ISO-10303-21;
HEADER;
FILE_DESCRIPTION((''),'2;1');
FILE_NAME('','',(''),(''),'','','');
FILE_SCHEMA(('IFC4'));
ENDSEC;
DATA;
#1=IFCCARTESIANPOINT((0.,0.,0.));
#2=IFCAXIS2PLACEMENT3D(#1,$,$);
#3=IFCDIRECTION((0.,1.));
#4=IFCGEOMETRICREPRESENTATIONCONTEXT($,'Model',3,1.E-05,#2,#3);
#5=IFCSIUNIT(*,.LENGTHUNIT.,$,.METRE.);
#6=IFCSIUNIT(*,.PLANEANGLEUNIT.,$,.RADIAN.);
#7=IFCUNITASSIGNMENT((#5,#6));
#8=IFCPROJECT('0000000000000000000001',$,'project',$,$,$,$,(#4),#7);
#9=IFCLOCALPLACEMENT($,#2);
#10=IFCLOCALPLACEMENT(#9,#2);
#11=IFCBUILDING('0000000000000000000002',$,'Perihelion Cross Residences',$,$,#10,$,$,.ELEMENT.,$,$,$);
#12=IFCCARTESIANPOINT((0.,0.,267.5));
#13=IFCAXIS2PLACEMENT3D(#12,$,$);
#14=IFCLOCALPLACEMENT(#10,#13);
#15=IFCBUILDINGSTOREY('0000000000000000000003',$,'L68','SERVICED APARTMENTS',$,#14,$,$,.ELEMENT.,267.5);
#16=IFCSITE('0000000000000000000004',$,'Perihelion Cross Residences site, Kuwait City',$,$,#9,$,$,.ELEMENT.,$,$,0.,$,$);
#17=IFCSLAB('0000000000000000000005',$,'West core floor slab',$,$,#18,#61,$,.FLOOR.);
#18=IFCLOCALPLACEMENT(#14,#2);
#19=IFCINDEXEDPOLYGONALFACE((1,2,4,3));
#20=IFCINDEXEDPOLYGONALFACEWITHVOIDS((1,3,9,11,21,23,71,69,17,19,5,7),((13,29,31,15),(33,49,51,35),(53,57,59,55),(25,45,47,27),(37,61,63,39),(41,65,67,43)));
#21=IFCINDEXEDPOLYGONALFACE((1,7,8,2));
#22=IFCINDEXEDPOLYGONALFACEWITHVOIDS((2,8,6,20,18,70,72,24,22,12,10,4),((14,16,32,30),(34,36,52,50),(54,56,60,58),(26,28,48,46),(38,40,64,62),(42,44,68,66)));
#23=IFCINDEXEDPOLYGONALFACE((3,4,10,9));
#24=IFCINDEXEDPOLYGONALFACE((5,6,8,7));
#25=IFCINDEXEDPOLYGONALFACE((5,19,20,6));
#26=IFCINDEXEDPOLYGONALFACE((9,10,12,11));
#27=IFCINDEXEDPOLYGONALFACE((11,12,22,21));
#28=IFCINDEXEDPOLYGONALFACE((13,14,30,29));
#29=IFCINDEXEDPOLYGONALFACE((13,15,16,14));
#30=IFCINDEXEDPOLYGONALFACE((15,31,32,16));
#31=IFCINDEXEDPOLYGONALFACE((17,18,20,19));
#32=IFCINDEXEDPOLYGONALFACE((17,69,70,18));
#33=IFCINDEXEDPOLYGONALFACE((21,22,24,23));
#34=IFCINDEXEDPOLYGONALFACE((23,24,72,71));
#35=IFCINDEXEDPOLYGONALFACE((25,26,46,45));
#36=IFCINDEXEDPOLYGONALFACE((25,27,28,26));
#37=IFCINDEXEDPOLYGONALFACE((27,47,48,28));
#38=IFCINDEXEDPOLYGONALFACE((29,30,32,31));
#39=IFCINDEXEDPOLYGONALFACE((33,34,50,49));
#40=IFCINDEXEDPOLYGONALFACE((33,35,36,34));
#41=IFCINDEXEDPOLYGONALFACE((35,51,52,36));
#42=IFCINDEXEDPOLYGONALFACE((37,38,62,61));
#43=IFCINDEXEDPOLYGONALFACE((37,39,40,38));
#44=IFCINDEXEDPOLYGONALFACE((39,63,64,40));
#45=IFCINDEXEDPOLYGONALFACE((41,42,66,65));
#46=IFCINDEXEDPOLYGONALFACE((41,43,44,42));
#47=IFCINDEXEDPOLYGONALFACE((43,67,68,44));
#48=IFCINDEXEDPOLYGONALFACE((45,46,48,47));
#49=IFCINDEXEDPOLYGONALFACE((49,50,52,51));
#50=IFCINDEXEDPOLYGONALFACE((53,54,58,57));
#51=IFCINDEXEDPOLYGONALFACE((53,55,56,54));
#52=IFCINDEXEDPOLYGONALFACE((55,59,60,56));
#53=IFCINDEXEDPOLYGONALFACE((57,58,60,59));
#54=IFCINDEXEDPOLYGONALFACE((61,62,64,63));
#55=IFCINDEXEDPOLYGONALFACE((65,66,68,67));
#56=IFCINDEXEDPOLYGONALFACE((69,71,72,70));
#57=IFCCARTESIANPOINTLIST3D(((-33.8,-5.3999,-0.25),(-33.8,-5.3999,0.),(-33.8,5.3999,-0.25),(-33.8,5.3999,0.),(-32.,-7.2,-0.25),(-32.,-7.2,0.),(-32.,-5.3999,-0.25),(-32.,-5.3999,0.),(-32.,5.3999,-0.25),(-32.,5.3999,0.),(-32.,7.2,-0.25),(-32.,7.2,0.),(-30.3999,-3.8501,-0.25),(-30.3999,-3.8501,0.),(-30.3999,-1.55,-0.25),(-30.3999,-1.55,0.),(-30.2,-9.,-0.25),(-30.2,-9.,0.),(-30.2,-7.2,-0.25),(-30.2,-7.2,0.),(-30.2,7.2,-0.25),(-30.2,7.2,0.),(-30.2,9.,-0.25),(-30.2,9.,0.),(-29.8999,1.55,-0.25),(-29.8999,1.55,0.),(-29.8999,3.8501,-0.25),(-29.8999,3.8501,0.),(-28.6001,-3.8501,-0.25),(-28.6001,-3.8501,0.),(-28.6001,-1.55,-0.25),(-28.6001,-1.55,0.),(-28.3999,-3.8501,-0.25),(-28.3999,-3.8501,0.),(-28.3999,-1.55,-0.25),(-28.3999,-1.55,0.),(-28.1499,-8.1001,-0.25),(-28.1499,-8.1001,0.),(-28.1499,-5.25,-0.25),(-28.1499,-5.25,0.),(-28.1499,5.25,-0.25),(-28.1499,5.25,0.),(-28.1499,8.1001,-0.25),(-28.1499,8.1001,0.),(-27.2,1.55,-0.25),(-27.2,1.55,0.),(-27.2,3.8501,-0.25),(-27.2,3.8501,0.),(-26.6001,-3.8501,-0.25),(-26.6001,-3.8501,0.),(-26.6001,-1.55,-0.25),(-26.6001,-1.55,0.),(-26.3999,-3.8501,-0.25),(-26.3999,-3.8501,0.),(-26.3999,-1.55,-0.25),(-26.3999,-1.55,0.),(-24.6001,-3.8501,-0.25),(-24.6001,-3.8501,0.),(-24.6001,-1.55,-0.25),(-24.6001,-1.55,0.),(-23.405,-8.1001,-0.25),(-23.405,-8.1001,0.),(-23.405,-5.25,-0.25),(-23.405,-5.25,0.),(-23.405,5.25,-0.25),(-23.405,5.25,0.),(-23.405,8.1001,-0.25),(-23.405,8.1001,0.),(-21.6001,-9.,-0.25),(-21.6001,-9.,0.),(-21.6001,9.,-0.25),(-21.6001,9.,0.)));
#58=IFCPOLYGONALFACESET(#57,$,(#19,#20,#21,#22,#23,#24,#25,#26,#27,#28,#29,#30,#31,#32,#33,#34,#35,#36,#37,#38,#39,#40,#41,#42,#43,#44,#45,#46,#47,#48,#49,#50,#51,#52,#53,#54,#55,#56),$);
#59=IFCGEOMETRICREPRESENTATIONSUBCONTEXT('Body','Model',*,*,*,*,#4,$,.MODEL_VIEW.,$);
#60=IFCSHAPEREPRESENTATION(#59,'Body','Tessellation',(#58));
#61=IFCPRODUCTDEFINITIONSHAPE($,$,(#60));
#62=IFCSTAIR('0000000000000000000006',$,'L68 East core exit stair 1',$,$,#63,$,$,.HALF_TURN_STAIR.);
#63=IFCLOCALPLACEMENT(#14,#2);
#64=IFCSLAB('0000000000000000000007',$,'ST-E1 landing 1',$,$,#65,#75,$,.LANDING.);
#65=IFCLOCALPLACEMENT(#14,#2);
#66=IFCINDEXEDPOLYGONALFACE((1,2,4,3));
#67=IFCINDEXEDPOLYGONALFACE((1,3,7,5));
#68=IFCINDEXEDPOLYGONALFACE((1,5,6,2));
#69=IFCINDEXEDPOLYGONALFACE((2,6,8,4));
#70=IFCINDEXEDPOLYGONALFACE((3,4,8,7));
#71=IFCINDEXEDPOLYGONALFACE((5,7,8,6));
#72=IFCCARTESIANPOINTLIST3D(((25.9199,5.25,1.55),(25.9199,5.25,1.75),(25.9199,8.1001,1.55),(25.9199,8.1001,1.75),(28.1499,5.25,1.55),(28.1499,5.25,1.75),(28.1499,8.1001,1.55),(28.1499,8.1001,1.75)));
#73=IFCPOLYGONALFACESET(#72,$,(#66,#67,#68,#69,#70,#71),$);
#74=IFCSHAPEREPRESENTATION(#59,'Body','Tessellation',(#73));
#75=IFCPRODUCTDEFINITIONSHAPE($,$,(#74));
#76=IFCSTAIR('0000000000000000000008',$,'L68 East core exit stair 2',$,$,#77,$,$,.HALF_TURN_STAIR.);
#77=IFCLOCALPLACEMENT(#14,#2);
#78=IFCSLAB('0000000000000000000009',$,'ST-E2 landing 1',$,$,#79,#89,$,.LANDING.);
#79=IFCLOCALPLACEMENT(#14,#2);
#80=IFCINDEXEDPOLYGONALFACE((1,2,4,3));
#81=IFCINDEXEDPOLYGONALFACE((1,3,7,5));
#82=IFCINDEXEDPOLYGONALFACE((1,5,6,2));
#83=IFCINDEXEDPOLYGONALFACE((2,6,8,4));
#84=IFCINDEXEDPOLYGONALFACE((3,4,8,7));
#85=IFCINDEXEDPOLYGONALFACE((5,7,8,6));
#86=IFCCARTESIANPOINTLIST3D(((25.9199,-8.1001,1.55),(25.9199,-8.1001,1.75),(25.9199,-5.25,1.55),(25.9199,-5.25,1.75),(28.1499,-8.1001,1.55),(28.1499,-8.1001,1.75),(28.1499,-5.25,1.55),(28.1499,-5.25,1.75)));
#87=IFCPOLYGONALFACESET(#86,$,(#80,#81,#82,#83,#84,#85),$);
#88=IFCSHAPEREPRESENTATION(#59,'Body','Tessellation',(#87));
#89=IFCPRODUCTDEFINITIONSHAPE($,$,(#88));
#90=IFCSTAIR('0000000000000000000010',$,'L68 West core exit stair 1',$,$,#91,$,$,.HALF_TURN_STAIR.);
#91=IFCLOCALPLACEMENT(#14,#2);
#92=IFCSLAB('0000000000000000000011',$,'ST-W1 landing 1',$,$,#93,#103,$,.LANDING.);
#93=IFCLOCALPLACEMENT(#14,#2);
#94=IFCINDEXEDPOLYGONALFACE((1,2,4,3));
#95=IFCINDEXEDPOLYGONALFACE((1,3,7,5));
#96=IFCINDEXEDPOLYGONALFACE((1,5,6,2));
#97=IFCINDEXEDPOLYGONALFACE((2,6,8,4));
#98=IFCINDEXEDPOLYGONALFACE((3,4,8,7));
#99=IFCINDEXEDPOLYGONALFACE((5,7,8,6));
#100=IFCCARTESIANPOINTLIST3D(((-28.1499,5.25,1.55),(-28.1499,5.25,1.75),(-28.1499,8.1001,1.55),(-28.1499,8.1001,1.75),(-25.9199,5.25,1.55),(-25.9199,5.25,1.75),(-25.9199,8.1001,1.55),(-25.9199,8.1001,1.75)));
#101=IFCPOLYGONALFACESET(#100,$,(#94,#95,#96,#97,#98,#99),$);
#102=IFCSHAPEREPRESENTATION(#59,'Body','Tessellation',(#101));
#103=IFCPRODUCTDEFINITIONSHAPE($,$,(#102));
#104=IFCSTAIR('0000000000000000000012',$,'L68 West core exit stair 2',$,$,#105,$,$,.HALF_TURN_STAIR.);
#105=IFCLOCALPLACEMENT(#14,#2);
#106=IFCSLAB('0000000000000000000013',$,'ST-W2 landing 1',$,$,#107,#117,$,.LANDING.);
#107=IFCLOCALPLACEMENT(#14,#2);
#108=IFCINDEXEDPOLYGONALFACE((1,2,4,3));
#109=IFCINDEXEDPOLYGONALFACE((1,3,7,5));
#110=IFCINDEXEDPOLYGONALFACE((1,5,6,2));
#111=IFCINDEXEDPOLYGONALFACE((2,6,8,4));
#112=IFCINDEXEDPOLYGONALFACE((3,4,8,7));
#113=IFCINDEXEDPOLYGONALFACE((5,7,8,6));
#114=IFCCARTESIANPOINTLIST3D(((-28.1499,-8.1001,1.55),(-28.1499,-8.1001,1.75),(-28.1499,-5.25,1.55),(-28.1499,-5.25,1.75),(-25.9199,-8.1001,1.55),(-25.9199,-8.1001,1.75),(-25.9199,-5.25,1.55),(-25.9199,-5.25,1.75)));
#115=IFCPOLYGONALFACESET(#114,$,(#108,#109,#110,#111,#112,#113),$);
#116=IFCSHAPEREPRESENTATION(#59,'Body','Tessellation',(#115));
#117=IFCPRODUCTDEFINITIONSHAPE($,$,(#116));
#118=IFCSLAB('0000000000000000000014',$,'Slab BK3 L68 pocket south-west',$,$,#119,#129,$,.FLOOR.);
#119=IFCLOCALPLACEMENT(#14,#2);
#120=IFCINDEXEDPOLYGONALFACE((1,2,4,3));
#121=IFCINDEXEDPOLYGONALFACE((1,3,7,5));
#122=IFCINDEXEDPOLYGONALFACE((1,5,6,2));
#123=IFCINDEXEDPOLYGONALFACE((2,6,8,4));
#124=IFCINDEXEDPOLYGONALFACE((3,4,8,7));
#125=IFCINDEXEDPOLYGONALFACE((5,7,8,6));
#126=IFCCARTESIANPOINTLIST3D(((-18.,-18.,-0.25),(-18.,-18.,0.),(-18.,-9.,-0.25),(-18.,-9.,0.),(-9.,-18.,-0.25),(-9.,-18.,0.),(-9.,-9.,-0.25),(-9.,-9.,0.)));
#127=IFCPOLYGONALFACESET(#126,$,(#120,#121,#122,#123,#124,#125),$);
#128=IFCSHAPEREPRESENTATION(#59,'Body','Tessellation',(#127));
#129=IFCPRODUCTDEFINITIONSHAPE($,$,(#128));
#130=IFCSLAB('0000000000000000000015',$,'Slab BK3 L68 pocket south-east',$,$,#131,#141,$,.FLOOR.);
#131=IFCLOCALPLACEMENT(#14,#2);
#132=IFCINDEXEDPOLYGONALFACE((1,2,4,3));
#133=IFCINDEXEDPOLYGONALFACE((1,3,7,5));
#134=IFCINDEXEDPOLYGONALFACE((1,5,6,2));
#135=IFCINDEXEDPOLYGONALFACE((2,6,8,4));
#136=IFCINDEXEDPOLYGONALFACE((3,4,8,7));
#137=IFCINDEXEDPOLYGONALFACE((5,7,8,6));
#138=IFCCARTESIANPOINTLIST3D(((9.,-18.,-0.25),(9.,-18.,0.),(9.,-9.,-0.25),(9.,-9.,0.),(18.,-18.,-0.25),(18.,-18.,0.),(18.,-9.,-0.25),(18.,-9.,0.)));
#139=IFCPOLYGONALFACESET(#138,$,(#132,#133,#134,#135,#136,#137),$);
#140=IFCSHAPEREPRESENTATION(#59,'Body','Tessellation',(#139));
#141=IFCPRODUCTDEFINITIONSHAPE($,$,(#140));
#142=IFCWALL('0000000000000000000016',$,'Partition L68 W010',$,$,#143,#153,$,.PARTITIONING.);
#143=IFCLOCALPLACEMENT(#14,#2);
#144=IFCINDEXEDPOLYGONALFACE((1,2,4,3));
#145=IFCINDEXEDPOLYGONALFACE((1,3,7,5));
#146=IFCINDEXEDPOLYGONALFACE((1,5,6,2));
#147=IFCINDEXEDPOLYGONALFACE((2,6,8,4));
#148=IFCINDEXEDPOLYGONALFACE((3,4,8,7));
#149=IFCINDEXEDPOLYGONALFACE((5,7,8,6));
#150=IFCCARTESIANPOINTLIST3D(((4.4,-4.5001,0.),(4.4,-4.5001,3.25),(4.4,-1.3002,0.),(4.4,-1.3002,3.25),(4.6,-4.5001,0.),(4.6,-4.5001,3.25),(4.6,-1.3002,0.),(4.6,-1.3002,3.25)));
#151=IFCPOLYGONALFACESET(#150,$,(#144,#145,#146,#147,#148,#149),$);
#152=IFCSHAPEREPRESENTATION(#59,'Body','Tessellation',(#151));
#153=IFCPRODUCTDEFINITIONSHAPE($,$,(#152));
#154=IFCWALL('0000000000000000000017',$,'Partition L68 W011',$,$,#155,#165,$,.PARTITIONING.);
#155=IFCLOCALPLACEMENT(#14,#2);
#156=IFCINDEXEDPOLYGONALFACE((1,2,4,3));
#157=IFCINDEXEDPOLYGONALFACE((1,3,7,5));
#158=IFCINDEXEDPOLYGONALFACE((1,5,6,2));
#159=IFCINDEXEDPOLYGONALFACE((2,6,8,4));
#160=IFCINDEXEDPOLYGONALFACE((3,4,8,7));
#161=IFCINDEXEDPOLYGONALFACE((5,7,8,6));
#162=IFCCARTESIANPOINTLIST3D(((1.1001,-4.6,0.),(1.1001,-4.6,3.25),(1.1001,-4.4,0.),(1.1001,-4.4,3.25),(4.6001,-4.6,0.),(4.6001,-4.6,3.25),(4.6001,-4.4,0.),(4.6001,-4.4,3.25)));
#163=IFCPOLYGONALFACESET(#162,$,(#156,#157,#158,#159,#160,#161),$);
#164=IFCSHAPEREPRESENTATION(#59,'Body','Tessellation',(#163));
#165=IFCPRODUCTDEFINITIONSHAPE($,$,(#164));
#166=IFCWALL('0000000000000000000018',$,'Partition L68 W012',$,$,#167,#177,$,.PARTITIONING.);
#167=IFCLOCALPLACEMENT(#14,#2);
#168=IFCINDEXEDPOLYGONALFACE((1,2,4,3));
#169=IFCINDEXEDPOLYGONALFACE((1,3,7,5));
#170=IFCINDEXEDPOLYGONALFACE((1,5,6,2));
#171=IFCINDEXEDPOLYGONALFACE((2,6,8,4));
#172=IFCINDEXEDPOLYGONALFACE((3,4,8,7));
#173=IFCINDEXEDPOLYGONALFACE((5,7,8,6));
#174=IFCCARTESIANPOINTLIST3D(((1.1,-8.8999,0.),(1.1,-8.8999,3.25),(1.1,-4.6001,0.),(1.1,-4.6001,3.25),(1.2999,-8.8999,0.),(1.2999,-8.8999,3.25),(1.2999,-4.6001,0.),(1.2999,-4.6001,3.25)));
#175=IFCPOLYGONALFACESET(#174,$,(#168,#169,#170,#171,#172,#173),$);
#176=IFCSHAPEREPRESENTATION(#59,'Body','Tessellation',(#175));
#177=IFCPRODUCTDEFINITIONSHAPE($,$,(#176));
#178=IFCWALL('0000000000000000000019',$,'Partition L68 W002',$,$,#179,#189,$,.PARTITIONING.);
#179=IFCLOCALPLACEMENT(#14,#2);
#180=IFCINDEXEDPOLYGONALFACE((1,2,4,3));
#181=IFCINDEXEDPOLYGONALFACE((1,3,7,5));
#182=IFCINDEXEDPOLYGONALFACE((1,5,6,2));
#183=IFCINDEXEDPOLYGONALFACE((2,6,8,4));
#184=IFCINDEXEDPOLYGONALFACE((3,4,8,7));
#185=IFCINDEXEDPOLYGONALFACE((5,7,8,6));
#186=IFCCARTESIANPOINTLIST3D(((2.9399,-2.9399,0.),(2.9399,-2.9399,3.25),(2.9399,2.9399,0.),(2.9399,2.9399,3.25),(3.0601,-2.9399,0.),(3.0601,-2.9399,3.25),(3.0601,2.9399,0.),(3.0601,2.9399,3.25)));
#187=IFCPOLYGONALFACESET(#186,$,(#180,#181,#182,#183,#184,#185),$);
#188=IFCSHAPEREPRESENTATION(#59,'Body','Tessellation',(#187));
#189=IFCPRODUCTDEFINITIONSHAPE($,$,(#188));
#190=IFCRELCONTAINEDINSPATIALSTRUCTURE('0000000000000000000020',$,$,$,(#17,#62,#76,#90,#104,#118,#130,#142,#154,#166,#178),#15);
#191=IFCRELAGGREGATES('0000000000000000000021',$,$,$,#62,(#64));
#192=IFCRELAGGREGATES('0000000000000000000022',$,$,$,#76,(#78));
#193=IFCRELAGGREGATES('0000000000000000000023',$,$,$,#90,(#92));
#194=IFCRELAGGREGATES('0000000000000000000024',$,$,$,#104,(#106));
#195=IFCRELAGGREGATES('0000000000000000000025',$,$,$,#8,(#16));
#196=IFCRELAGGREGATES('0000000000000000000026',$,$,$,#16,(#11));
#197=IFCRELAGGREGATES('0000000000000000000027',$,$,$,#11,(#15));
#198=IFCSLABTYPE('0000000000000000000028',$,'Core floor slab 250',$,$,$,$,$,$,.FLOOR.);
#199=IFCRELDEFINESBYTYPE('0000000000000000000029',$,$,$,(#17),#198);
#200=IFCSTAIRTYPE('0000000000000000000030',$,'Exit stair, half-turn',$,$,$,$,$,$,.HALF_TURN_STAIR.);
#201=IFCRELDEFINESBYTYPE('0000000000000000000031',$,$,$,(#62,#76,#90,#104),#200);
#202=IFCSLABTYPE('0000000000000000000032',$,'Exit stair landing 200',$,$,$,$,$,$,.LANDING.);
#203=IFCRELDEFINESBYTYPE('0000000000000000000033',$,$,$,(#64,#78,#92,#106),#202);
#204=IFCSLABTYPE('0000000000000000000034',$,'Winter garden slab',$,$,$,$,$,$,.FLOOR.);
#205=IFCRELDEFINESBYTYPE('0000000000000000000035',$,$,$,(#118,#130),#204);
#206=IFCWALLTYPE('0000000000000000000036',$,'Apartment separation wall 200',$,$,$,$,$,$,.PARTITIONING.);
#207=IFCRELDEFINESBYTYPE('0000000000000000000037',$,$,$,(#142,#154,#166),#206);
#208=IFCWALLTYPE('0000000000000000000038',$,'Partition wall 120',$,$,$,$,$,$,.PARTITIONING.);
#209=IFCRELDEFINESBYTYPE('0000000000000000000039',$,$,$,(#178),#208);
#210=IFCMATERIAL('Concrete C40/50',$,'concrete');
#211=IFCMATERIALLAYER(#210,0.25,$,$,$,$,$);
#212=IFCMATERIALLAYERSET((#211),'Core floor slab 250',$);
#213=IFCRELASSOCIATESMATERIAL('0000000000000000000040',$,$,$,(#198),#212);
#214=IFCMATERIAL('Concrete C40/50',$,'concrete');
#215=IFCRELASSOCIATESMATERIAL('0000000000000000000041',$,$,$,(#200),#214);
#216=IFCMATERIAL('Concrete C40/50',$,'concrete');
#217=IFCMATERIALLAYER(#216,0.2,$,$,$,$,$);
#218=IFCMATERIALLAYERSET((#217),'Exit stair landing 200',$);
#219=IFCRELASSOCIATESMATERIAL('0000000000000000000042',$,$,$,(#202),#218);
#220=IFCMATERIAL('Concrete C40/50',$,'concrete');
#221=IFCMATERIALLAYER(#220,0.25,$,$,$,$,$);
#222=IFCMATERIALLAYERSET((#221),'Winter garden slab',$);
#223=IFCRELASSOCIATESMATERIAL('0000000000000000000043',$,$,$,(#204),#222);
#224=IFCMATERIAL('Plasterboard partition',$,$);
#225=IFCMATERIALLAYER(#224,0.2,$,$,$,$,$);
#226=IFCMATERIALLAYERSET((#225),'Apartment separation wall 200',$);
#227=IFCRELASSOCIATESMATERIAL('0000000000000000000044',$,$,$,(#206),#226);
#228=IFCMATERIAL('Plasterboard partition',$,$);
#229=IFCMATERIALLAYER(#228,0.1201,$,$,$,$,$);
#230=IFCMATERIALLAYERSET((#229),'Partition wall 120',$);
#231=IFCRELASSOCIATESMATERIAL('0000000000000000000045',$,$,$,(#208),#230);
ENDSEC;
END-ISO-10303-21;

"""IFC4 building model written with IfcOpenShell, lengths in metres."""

from ifc_helpers import new_model, si_unit, direction, frame, frame_2d, origin, place, context, subcontext, project, spatial, polyline, rectangle, outline, extrude, material, layer, layer_set, type_object, element, aggregate, save


model = new_model("IFC4")

# Units and contexts
model_context = context("Model", 3, precision=1e-05, world=origin(), true_north=direction((0.0, 1.0)))
body_context = subcontext(model_context, "Body", "Model", "MODEL_VIEW")
ifc_project = project(units=[si_unit("LENGTHUNIT", "METRE"), si_unit("PLANEANGLEUNIT", "RADIAN")], contexts=[model_context])

# Site, building, storey
site_placement = place(None, origin())
site = spatial("IfcSite", under=ifc_project, at=site_placement, Name="Perihelion Cross Residences site, Kuwait City", CompositionType="ELEMENT", RefElevation=0.0)
building_placement = place(site_placement, origin())
building = spatial("IfcBuilding", under=site, at=building_placement, Name="Perihelion Cross Residences", CompositionType="ELEMENT")
storey_placement = place(building_placement, frame((0.0, 0.0, 267.5)))
storey = spatial("IfcBuildingStorey", under=building, at=storey_placement, Name="L68", Description="SERVICED APARTMENTS", CompositionType="ELEMENT", Elevation=267.5)

# Slab
ifc_material_1 = material(Name="Concrete C40/50", Category="concrete")
ifc_layer_1 = layer(ifc_material_1, 0.25)
ifc_layer_set_1 = layer_set([ifc_layer_1], Name="Core floor slab 250")
slab_type_1 = type_object("IfcSlabType", Name="Core floor slab 250", PredefinedType="FLOOR", material=ifc_layer_set_1)
slab_1_placement = place(storey_placement, frame((0.0, 0.0, -0.25)))
element("IfcSlab", 1, at=slab_1_placement, inside=storey, type_object=slab_type_1, Name="West core floor slab", PredefinedType="FLOOR", context=body_context, shape_type="SweptSolid", body=[
    extrude(outline(polyline([(-30.2, 7.2), (-32.0, 7.2), (-32.0, 5.3999), (-33.8, 5.3999), (-33.8, -5.3999), (-32.0, -5.3999), (-32.0, -7.2), (-30.2, -7.2), (-30.2, -9.0), (-21.6001, -9.0), (-21.6001, 9.0), (-30.2, 9.0), (-30.2, 7.2)]), holes=[polyline([(-28.1499, -8.1001), (-28.1499, -5.25), (-23.405, -5.25), (-23.405, -8.1001), (-28.1499, -8.1001)]), polyline([(-24.6001, -1.55), (-24.6001, -3.8501), (-26.3999, -3.8501), (-26.3999, -1.55), (-24.6001, -1.55)]), polyline([(-26.6001, -1.55), (-26.6001, -3.8501), (-28.3999, -3.8501), (-28.3999, -1.55), (-26.6001, -1.55)]), polyline([(-28.6001, -3.8501), (-30.3999, -3.8501), (-30.3999, -1.55), (-28.6001, -1.55), (-28.6001, -3.8501)]), polyline([(-27.2, 3.8501), (-27.2, 1.55), (-29.8999, 1.55), (-29.8999, 3.8501), (-27.2, 3.8501)]), polyline([(-23.405, 5.25), (-28.1499, 5.25), (-28.1499, 8.1001), (-23.405, 8.1001), (-23.405, 5.25)])]), origin(), (0.0, 0.0, 1.0), 0.25),
])

# Stairs, slabs
ifc_material_2 = material(Name="Concrete C40/50", Category="concrete")
stair_type = type_object("IfcStairType", Name="Exit stair, half-turn", PredefinedType="HALF_TURN_STAIR", material=ifc_material_2)
stair_1_placement = place(storey_placement, origin())
stair_1 = element("IfcStair", 2, at=stair_1_placement, inside=storey, type_object=stair_type, Name="L68 East core exit stair 1", PredefinedType="HALF_TURN_STAIR")
ifc_material_3 = material(Name="Concrete C40/50", Category="concrete")
ifc_layer_2 = layer(ifc_material_3, 0.2)
ifc_layer_set_2 = layer_set([ifc_layer_2], Name="Exit stair landing 200")
slab_type_2 = type_object("IfcSlabType", Name="Exit stair landing 200", PredefinedType="LANDING", material=ifc_layer_set_2)
slab_2_placement = place(storey_placement, frame((0.0, 0.0, 1.55)))
slab_2 = element("IfcSlab", 3, at=slab_2_placement, type_object=slab_type_2, Name="ST-E1 landing 1", PredefinedType="LANDING", context=body_context, shape_type="SweptSolid", body=[
    extrude(outline(polyline([(25.9199, 5.25), (28.1499, 5.25), (28.1499, 8.1001), (25.9199, 8.1001), (25.9199, 5.25)])), origin(), (0.0, 0.0, 1.0), 0.2),
])
aggregate(stair_1, [slab_2])
stair_2_placement = place(storey_placement, origin())
stair_2 = element("IfcStair", 4, at=stair_2_placement, inside=storey, type_object=stair_type, Name="L68 East core exit stair 2", PredefinedType="HALF_TURN_STAIR")
slab_3_placement = place(storey_placement, frame((0.0, 0.0, 1.55)))
slab_3 = element("IfcSlab", 5, at=slab_3_placement, type_object=slab_type_2, Name="ST-E2 landing 1", PredefinedType="LANDING", context=body_context, shape_type="SweptSolid", body=[
    extrude(outline(polyline([(25.9199, -8.1001), (28.1499, -8.1001), (28.1499, -5.25), (25.9199, -5.25), (25.9199, -8.1001)])), origin(), (0.0, 0.0, 1.0), 0.2),
])
aggregate(stair_2, [slab_3])
stair_3_placement = place(storey_placement, origin())
stair_3 = element("IfcStair", 6, at=stair_3_placement, inside=storey, type_object=stair_type, Name="L68 West core exit stair 1", PredefinedType="HALF_TURN_STAIR")
slab_4_placement = place(storey_placement, frame((0.0, 0.0, 1.55)))
slab_4 = element("IfcSlab", 7, at=slab_4_placement, type_object=slab_type_2, Name="ST-W1 landing 1", PredefinedType="LANDING", context=body_context, shape_type="SweptSolid", body=[
    extrude(outline(polyline([(-25.9199, 8.1001), (-28.1499, 8.1001), (-28.1499, 5.25), (-25.9199, 5.25), (-25.9199, 8.1001)])), origin(), (0.0, 0.0, 1.0), 0.2),
])
aggregate(stair_3, [slab_4])
stair_4_placement = place(storey_placement, origin())
stair_4 = element("IfcStair", 8, at=stair_4_placement, inside=storey, type_object=stair_type, Name="L68 West core exit stair 2", PredefinedType="HALF_TURN_STAIR")
slab_5_placement = place(storey_placement, frame((0.0, 0.0, 1.55)))
slab_5 = element("IfcSlab", 9, at=slab_5_placement, type_object=slab_type_2, Name="ST-W2 landing 1", PredefinedType="LANDING", context=body_context, shape_type="SweptSolid", body=[
    extrude(outline(polyline([(-25.9199, -5.25), (-28.1499, -5.25), (-28.1499, -8.1001), (-25.9199, -8.1001), (-25.9199, -5.25)])), origin(), (0.0, 0.0, 1.0), 0.2),
])
aggregate(stair_4, [slab_5])

# Slabs
ifc_material_4 = material(Name="Concrete C40/50", Category="concrete")
ifc_layer_3 = layer(ifc_material_4, 0.25)
ifc_layer_set_3 = layer_set([ifc_layer_3], Name="Winter garden slab")
slab_type_3 = type_object("IfcSlabType", Name="Winter garden slab", PredefinedType="FLOOR", material=ifc_layer_set_3)
slab_6_placement = place(storey_placement, frame((0.0, 0.0, -0.25)))
element("IfcSlab", 10, at=slab_6_placement, inside=storey, type_object=slab_type_3, Name="Slab BK3 L68 pocket south-west", PredefinedType="FLOOR", context=body_context, shape_type="SweptSolid", body=[
    extrude(outline(polyline([(-9.0, -18.0), (-9.0, -9.0), (-18.0, -9.0), (-18.0, -18.0), (-9.0, -18.0)])), origin(), (0.0, 0.0, 1.0), 0.25),
])
slab_7_placement = place(storey_placement, frame((0.0, 0.0, -0.25)))
element("IfcSlab", 11, at=slab_7_placement, inside=storey, type_object=slab_type_3, Name="Slab BK3 L68 pocket south-east", PredefinedType="FLOOR", context=body_context, shape_type="SweptSolid", body=[
    extrude(outline(polyline([(18.0, -18.0), (18.0, -9.0), (9.0, -9.0), (9.0, -18.0), (18.0, -18.0)])), origin(), (0.0, 0.0, 1.0), 0.25),
])

# Walls
ifc_material_5 = material(Name="Plasterboard partition")
ifc_layer_4 = layer(ifc_material_5, 0.2)
ifc_layer_set_4 = layer_set([ifc_layer_4], Name="Apartment separation wall 200")
wall_type_1 = type_object("IfcWallType", Name="Apartment separation wall 200", PredefinedType="PARTITIONING", material=ifc_layer_set_4)
wall_1_placement = place(storey_placement, frame((4.5, -1.3, 0.0), z_axis=(0.0, 0.0, 1.0), x_axis=(0.0, -1.0, 0.0)))
element("IfcWall", 12, at=wall_1_placement, inside=storey, type_object=wall_type_1, Name="Partition L68 W010", PredefinedType="PARTITIONING", context=body_context, shape_type="SweptSolid", body=[
    extrude(rectangle(XDim=3.2, YDim=0.2, at=frame_2d((1.6001, 0.0))), origin(), (0.0, 0.0, 1.0), 3.25),
])
wall_2_placement = place(storey_placement, frame((4.6001, -4.5, 0.0), z_axis=(0.0, 0.0, 1.0), x_axis=(-1.0, 0.0, 0.0)))
element("IfcWall", 13, at=wall_2_placement, inside=storey, type_object=wall_type_1, Name="Partition L68 W011", PredefinedType="PARTITIONING", context=body_context, shape_type="SweptSolid", body=[
    extrude(rectangle(XDim=3.5, YDim=0.2, at=frame_2d((1.75, 0.0))), origin(), (0.0, 0.0, 1.0), 3.25),
])
wall_3_placement = place(storey_placement, frame((1.2, -4.6001, 0.0), z_axis=(0.0, 0.0, 1.0), x_axis=(0.0, -1.0, 0.0)))
element("IfcWall", 14, at=wall_3_placement, inside=storey, type_object=wall_type_1, Name="Partition L68 W012", PredefinedType="PARTITIONING", context=body_context, shape_type="SweptSolid", body=[
    extrude(rectangle(XDim=4.2998, YDim=0.2, at=frame_2d((2.1499, 0.0))), origin(), (0.0, 0.0, 1.0), 3.25),
])
ifc_material_6 = material(Name="Plasterboard partition")
ifc_layer_5 = layer(ifc_material_6, 0.1201)
ifc_layer_set_5 = layer_set([ifc_layer_5], Name="Partition wall 120")
wall_type_2 = type_object("IfcWallType", Name="Partition wall 120", PredefinedType="PARTITIONING", material=ifc_layer_set_5)
wall_4_placement = place(storey_placement, frame((3.0, -2.9399, 0.0), z_axis=(0.0, 0.0, 1.0), x_axis=(0.0, 1.0, 0.0)))
element("IfcWall", 15, at=wall_4_placement, inside=storey, type_object=wall_type_2, Name="Partition L68 W002", PredefinedType="PARTITIONING", context=body_context, shape_type="SweptSolid", body=[
    extrude(rectangle(XDim=5.8799, YDim=0.1201, at=frame_2d((2.9399, 0.0))), origin(), (0.0, 0.0, 1.0), 3.25),
])

save(model, "model.ifc")
